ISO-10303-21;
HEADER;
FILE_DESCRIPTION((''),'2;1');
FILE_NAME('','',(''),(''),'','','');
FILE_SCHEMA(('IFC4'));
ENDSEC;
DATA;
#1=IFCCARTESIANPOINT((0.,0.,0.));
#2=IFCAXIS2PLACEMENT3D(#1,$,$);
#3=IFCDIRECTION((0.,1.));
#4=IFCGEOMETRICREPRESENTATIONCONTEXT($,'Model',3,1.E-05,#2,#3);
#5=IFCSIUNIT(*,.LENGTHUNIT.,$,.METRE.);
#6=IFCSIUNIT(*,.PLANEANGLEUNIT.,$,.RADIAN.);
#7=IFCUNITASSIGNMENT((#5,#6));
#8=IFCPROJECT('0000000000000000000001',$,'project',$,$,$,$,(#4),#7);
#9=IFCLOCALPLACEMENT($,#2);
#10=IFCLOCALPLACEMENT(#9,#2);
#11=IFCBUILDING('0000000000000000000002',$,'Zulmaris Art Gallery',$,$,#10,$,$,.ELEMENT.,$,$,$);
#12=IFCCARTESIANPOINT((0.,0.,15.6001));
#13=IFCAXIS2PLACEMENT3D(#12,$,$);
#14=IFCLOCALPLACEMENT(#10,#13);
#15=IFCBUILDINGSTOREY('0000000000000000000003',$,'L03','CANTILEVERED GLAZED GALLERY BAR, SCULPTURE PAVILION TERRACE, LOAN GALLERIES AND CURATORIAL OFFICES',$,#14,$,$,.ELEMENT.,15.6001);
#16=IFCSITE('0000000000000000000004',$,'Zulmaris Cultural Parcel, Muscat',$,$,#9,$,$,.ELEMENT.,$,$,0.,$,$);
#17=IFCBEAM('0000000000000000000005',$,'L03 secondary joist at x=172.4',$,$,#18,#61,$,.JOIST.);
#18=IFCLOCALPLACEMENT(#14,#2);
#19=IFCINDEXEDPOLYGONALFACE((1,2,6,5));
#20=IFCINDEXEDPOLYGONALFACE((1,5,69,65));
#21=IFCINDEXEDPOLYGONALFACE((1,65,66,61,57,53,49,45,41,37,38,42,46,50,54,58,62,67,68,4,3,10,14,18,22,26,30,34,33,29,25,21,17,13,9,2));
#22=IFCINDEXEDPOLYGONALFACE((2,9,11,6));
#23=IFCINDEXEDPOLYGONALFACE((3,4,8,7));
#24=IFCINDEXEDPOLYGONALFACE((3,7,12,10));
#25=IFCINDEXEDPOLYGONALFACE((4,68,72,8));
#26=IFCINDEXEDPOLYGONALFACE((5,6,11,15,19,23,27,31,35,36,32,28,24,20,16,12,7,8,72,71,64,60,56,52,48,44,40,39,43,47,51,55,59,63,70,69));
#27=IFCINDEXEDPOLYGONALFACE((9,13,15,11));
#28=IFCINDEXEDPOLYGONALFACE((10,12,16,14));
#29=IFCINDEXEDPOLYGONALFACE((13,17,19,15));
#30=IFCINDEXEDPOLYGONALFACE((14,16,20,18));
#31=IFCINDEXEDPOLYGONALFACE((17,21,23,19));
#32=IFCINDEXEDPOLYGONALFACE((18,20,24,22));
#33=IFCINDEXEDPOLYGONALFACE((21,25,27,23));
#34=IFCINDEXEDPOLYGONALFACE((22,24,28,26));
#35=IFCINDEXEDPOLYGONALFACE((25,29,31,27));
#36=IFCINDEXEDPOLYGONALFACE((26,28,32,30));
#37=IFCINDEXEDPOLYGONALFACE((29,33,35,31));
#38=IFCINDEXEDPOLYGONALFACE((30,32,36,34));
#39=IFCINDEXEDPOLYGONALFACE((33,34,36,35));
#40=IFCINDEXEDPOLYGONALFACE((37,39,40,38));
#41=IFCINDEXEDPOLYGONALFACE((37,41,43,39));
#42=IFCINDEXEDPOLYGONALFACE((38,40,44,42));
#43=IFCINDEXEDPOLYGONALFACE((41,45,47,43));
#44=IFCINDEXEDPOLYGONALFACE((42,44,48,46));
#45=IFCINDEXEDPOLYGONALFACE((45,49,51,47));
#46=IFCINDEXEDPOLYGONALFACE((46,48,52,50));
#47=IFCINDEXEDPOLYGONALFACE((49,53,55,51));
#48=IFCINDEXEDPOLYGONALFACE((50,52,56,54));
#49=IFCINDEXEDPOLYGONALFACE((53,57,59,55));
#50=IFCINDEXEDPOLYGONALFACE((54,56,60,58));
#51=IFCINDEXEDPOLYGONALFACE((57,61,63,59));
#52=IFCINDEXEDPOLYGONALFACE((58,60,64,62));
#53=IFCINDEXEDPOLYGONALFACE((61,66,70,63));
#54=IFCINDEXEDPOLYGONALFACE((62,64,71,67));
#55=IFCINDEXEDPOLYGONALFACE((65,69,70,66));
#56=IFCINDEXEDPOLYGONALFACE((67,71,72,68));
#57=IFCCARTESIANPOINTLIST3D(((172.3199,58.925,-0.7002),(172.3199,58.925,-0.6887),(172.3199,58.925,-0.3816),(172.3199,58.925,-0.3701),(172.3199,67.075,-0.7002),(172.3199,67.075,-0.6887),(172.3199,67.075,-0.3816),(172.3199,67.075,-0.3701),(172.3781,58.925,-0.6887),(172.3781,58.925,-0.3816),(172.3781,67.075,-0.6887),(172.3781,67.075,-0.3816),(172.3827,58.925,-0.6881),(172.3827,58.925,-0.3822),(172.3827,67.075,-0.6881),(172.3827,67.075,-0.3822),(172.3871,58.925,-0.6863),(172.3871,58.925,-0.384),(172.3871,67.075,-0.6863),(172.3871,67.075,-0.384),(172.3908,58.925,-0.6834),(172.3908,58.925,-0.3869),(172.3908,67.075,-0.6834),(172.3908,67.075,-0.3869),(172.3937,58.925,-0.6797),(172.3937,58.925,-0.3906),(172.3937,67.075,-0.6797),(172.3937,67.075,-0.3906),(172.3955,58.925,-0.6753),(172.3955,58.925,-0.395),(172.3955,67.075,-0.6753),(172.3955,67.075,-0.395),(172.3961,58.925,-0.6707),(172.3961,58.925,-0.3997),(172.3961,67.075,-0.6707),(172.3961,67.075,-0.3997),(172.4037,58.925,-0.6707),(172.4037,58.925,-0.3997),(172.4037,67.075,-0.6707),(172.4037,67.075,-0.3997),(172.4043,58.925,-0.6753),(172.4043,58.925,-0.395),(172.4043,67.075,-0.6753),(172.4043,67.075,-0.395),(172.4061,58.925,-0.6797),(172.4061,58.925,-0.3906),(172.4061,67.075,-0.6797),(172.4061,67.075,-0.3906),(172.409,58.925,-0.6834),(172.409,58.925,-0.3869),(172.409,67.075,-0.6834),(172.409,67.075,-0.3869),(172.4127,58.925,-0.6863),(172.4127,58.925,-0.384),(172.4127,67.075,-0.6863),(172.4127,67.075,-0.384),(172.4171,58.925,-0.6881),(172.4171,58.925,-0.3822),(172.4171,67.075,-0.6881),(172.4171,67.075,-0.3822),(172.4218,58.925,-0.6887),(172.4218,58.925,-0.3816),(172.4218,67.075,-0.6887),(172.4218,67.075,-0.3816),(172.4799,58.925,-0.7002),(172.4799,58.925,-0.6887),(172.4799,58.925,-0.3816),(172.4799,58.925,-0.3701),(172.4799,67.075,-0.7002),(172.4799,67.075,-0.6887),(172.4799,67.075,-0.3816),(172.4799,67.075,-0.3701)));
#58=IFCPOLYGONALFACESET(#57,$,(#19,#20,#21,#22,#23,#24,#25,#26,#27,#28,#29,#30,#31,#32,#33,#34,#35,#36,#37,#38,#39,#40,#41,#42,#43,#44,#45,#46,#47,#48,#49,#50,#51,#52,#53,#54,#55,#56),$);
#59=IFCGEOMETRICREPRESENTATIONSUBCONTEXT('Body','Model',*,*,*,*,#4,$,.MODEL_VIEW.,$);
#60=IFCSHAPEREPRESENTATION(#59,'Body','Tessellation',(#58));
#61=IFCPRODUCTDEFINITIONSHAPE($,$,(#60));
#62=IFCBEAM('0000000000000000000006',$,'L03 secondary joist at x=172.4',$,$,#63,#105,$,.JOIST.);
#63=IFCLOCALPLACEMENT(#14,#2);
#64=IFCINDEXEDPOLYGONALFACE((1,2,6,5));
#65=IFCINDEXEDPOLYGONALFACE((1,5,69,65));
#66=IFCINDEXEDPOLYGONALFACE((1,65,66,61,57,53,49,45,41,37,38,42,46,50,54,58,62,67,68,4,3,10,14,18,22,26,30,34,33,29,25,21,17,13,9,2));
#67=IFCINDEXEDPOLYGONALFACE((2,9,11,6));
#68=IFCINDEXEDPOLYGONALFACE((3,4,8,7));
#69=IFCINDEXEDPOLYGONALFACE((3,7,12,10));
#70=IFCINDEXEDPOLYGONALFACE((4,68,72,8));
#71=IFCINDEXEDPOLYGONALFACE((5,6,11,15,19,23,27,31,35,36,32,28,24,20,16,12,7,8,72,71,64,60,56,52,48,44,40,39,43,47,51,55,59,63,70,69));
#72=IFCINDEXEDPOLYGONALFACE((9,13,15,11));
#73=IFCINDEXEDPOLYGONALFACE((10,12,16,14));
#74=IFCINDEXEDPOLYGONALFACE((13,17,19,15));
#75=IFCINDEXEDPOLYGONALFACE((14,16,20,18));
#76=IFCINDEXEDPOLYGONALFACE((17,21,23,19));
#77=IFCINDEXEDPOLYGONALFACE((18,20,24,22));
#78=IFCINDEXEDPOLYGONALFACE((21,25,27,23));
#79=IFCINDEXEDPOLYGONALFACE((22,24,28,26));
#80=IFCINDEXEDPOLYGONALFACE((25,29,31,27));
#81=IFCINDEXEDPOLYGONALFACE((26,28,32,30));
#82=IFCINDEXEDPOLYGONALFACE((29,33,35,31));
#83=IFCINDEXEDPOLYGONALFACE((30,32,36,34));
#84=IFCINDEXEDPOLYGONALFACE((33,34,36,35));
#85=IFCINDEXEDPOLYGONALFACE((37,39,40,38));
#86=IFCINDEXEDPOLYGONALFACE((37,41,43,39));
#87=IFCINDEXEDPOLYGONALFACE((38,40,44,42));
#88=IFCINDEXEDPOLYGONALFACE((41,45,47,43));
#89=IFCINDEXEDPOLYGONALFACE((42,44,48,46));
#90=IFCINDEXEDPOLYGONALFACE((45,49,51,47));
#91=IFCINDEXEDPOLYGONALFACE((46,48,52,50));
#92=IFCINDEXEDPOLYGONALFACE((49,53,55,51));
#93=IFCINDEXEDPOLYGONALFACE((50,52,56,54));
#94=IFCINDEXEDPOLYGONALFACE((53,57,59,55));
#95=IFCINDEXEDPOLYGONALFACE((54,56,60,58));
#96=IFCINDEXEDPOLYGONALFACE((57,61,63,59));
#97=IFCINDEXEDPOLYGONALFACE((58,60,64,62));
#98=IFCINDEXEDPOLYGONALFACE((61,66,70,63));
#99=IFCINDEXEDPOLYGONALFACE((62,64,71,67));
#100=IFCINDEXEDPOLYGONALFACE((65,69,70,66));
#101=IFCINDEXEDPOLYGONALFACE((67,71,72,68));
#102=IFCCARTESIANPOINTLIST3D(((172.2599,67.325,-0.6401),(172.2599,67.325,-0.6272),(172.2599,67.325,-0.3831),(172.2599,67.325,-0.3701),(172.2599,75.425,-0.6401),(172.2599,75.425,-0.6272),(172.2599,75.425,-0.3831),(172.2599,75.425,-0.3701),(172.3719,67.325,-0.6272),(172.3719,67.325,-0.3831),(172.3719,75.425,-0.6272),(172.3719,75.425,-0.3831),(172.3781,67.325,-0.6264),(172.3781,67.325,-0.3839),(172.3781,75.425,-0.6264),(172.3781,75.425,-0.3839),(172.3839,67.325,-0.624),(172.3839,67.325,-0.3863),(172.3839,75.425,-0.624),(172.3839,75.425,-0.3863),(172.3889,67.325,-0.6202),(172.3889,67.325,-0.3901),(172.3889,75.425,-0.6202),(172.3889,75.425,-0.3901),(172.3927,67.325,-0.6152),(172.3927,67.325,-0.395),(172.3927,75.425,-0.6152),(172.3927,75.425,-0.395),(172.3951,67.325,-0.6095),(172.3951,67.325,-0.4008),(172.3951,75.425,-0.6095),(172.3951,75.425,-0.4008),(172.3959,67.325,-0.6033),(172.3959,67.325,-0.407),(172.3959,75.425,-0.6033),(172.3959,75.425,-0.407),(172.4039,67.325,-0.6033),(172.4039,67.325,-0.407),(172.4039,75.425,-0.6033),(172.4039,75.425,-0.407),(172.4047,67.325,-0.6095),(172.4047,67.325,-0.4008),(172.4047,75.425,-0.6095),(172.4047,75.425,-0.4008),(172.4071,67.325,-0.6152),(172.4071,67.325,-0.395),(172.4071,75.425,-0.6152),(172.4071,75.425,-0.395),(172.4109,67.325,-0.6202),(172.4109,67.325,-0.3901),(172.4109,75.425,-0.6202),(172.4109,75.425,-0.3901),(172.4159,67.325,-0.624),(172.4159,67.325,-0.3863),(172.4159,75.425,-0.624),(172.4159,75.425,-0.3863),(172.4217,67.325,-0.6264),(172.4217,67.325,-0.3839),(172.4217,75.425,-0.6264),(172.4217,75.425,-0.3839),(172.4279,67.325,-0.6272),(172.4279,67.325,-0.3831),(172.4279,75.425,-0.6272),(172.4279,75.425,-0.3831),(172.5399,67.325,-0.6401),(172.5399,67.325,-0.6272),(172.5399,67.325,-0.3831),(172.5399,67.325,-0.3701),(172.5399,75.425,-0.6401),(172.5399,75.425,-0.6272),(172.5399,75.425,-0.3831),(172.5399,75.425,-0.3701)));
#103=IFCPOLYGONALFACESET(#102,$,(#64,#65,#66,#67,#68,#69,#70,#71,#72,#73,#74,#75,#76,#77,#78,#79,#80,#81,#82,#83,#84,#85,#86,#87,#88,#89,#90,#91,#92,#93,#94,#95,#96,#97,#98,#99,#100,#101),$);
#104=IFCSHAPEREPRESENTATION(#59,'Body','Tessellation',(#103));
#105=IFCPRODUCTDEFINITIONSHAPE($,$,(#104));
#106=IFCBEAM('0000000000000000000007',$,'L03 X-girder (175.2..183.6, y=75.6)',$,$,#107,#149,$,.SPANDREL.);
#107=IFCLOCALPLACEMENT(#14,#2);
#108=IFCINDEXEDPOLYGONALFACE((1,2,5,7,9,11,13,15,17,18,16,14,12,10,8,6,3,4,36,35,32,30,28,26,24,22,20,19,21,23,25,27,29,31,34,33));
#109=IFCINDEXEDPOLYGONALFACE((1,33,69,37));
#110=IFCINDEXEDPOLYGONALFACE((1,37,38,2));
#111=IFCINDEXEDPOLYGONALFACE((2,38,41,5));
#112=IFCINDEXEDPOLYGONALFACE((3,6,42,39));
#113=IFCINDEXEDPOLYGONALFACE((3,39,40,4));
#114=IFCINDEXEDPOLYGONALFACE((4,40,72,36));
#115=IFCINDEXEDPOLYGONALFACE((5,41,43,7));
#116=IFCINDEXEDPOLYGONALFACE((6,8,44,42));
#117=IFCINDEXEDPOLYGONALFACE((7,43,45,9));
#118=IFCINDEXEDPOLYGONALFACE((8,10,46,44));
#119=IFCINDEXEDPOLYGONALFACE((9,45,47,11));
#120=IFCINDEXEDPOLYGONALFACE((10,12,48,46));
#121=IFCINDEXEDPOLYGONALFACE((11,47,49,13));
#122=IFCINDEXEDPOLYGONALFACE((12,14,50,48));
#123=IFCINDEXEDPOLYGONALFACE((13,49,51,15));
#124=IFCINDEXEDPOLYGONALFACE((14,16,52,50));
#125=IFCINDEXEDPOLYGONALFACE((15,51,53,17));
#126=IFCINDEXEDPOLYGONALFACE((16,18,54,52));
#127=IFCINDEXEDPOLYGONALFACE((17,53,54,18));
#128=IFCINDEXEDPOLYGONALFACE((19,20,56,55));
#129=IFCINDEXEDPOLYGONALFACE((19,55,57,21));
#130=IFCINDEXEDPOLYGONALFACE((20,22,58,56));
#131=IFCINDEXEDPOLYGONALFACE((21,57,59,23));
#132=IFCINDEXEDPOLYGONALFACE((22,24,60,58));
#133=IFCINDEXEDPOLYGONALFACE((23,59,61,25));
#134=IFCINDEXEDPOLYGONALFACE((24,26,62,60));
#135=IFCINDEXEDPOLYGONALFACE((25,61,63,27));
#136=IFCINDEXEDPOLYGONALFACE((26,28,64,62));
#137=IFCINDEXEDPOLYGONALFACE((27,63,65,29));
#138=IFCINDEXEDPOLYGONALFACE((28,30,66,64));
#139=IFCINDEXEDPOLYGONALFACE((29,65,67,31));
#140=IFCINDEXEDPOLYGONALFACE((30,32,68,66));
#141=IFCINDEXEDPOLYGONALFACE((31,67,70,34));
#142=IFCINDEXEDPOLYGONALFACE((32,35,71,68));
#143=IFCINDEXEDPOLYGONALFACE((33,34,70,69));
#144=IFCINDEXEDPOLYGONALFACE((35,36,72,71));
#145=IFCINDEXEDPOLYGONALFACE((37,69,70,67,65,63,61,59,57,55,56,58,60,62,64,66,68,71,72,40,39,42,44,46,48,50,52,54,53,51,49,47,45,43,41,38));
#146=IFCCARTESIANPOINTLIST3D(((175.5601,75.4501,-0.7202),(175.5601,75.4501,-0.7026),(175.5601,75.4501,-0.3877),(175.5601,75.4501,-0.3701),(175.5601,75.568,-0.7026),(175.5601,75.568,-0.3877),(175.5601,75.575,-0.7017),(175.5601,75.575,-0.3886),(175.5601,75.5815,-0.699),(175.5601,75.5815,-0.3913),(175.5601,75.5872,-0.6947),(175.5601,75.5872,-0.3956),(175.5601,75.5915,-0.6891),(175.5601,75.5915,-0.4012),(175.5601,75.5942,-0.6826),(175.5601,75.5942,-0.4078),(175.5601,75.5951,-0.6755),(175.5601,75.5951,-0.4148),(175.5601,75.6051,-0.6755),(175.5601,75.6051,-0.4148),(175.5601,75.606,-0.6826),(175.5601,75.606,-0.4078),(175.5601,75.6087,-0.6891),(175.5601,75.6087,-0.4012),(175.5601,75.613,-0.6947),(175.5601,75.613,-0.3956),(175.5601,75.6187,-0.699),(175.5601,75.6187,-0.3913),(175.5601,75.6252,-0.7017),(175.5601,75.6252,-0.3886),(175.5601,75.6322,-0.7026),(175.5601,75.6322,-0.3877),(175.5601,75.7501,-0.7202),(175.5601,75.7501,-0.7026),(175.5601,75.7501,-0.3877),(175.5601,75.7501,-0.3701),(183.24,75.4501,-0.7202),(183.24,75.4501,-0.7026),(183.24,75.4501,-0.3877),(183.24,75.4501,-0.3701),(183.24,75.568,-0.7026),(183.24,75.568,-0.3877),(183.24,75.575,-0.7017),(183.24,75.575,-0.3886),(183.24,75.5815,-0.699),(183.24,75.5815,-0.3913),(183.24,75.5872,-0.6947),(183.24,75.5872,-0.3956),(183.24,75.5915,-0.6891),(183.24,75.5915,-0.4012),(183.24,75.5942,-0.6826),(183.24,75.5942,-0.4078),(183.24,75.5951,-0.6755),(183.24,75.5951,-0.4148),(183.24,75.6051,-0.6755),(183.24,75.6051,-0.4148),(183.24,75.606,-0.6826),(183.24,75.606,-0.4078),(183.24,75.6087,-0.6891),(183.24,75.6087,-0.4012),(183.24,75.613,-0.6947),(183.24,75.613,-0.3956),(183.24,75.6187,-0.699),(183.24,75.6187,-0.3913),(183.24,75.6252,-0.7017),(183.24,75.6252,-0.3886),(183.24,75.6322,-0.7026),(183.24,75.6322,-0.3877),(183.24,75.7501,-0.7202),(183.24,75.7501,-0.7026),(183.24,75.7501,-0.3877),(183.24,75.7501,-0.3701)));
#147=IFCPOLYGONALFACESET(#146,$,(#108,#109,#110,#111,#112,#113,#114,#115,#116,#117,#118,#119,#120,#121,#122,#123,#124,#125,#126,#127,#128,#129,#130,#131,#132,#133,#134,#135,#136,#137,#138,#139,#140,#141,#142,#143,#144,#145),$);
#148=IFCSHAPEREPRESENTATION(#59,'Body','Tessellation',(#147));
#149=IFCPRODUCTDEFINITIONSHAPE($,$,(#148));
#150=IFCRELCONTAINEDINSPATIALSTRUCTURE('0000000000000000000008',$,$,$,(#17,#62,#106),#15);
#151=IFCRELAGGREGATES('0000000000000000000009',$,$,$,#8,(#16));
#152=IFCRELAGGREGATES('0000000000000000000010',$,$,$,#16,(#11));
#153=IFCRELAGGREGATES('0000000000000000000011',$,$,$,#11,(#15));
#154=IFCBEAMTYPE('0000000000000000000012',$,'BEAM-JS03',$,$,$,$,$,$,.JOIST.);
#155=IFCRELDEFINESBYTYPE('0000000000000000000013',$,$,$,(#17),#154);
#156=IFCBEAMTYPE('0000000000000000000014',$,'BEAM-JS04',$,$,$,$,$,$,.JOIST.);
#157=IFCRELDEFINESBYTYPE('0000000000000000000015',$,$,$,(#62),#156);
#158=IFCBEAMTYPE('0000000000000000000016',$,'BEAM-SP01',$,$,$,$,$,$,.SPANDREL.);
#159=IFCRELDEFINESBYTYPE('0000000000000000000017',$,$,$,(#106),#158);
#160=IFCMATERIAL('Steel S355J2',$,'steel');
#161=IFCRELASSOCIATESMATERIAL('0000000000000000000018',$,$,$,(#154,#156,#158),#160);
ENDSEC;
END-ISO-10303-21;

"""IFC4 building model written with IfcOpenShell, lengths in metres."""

from ifc_helpers import new_model, si_unit, direction, frame, origin, origin_2d, place, context, subcontext, project, spatial, i_section, extrude, material, material_profile, profile_set, type_object, element, save


model = new_model("IFC4")

# Units and contexts
model_context = context("Model", 3, precision=1e-05, world=origin(), true_north=direction((0.0, 1.0)))
body_context = subcontext(model_context, "Body", "Model", "MODEL_VIEW")
ifc_project = project(units=[si_unit("LENGTHUNIT", "METRE"), si_unit("PLANEANGLEUNIT", "RADIAN")], contexts=[model_context])

# Site, building, storey
site_placement = place(None, origin())
site = spatial("IfcSite", under=ifc_project, at=site_placement, Name="Zulmaris Cultural Parcel, Muscat", CompositionType="ELEMENT", RefElevation=0.0)
building_placement = place(site_placement, origin())
building = spatial("IfcBuilding", under=site, at=building_placement, Name="Zulmaris Art Gallery", CompositionType="ELEMENT")
storey_placement = place(building_placement, frame((0.0, 0.0, 15.6001)))
storey = spatial("IfcBuildingStorey", under=building, at=storey_placement, Name="L03", Description="CANTILEVERED GLAZED GALLERY BAR, SCULPTURE PAVILION TERRACE, LOAN GALLERIES AND CURATORIAL OFFICES", CompositionType="ELEMENT", Elevation=15.6001)

# Beams
ifc_material_1 = material(Name="Steel S355J2", Category="steel")
ifc_material_profile_1 = material_profile(ifc_material_1, i_section(OverallWidth=0.1599, OverallDepth=0.3301, WebThickness=0.0076, FlangeThickness=0.0115, FilletRadius=0.0181, at=origin_2d()), Name="IPE 330")
ifc_profile_set_1 = profile_set([ifc_material_profile_1], Name="Steel S355J2")
beam_type_1 = type_object("IfcBeamType", Name="BEAM-JS03", PredefinedType="JOIST", material=ifc_profile_set_1)
beam_1_placement = place(storey_placement, frame((172.3999, 58.925, -0.5352), z_axis=(0.0, 1.0, 0.0), x_axis=(-1.0, 0.0, 0.0)))
element("IfcBeam", 1, at=beam_1_placement, inside=storey, type_object=beam_type_1, Name="L03 secondary joist at x=172.4", PredefinedType="JOIST", context=body_context, shape_type="SweptSolid", body=[
    extrude(i_section(OverallWidth=0.1599, OverallDepth=0.3301, WebThickness=0.0076, FlangeThickness=0.0115, FilletRadius=0.0181, at=origin_2d()), origin(), (0.0, 0.0, 1.0), 8.1499),
])
ifc_material_profile_2 = material_profile(ifc_material_1, i_section(OverallWidth=0.28, OverallDepth=0.27, WebThickness=0.0081, FlangeThickness=0.0129, FilletRadius=0.0239, at=origin_2d()), Name="HEA 280")
ifc_profile_set_2 = profile_set([ifc_material_profile_2], Name="Steel S355J2")
beam_type_2 = type_object("IfcBeamType", Name="BEAM-JS04", PredefinedType="JOIST", material=ifc_profile_set_2)
beam_2_placement = place(storey_placement, frame((172.3999, 67.325, -0.5051), z_axis=(0.0, 1.0, 0.0), x_axis=(-1.0, 0.0, 0.0)))
element("IfcBeam", 2, at=beam_2_placement, inside=storey, type_object=beam_type_2, Name="L03 secondary joist at x=172.4", PredefinedType="JOIST", context=body_context, shape_type="SweptSolid", body=[
    extrude(i_section(OverallWidth=0.28, OverallDepth=0.27, WebThickness=0.0081, FlangeThickness=0.0129, FilletRadius=0.0239, at=origin_2d()), origin(), (0.0, 0.0, 1.0), 8.1001),
])
ifc_material_profile_3 = material_profile(ifc_material_1, i_section(OverallWidth=0.3, OverallDepth=0.3501, WebThickness=0.01, FlangeThickness=0.0176, FilletRadius=0.0271, at=origin_2d()), Name="HEA 360")
ifc_profile_set_3 = profile_set([ifc_material_profile_3], Name="Steel S355J2")
beam_type_3 = type_object("IfcBeamType", Name="BEAM-SP01", PredefinedType="SPANDREL", material=ifc_profile_set_3)
beam_3_placement = place(storey_placement, frame((175.5601, 75.6001, -0.5452), z_axis=(1.0, 0.0, 0.0), x_axis=(0.0, 1.0, 0.0)))
element("IfcBeam", 3, at=beam_3_placement, inside=storey, type_object=beam_type_3, Name="L03 X-girder (175.2..183.6, y=75.6)", PredefinedType="SPANDREL", context=body_context, shape_type="SweptSolid", body=[
    extrude(i_section(OverallWidth=0.3, OverallDepth=0.3501, WebThickness=0.01, FlangeThickness=0.0176, FilletRadius=0.0271, at=origin_2d()), origin(), (0.0, 0.0, 1.0), 7.6799),
])

save(model, "model.ifc")
